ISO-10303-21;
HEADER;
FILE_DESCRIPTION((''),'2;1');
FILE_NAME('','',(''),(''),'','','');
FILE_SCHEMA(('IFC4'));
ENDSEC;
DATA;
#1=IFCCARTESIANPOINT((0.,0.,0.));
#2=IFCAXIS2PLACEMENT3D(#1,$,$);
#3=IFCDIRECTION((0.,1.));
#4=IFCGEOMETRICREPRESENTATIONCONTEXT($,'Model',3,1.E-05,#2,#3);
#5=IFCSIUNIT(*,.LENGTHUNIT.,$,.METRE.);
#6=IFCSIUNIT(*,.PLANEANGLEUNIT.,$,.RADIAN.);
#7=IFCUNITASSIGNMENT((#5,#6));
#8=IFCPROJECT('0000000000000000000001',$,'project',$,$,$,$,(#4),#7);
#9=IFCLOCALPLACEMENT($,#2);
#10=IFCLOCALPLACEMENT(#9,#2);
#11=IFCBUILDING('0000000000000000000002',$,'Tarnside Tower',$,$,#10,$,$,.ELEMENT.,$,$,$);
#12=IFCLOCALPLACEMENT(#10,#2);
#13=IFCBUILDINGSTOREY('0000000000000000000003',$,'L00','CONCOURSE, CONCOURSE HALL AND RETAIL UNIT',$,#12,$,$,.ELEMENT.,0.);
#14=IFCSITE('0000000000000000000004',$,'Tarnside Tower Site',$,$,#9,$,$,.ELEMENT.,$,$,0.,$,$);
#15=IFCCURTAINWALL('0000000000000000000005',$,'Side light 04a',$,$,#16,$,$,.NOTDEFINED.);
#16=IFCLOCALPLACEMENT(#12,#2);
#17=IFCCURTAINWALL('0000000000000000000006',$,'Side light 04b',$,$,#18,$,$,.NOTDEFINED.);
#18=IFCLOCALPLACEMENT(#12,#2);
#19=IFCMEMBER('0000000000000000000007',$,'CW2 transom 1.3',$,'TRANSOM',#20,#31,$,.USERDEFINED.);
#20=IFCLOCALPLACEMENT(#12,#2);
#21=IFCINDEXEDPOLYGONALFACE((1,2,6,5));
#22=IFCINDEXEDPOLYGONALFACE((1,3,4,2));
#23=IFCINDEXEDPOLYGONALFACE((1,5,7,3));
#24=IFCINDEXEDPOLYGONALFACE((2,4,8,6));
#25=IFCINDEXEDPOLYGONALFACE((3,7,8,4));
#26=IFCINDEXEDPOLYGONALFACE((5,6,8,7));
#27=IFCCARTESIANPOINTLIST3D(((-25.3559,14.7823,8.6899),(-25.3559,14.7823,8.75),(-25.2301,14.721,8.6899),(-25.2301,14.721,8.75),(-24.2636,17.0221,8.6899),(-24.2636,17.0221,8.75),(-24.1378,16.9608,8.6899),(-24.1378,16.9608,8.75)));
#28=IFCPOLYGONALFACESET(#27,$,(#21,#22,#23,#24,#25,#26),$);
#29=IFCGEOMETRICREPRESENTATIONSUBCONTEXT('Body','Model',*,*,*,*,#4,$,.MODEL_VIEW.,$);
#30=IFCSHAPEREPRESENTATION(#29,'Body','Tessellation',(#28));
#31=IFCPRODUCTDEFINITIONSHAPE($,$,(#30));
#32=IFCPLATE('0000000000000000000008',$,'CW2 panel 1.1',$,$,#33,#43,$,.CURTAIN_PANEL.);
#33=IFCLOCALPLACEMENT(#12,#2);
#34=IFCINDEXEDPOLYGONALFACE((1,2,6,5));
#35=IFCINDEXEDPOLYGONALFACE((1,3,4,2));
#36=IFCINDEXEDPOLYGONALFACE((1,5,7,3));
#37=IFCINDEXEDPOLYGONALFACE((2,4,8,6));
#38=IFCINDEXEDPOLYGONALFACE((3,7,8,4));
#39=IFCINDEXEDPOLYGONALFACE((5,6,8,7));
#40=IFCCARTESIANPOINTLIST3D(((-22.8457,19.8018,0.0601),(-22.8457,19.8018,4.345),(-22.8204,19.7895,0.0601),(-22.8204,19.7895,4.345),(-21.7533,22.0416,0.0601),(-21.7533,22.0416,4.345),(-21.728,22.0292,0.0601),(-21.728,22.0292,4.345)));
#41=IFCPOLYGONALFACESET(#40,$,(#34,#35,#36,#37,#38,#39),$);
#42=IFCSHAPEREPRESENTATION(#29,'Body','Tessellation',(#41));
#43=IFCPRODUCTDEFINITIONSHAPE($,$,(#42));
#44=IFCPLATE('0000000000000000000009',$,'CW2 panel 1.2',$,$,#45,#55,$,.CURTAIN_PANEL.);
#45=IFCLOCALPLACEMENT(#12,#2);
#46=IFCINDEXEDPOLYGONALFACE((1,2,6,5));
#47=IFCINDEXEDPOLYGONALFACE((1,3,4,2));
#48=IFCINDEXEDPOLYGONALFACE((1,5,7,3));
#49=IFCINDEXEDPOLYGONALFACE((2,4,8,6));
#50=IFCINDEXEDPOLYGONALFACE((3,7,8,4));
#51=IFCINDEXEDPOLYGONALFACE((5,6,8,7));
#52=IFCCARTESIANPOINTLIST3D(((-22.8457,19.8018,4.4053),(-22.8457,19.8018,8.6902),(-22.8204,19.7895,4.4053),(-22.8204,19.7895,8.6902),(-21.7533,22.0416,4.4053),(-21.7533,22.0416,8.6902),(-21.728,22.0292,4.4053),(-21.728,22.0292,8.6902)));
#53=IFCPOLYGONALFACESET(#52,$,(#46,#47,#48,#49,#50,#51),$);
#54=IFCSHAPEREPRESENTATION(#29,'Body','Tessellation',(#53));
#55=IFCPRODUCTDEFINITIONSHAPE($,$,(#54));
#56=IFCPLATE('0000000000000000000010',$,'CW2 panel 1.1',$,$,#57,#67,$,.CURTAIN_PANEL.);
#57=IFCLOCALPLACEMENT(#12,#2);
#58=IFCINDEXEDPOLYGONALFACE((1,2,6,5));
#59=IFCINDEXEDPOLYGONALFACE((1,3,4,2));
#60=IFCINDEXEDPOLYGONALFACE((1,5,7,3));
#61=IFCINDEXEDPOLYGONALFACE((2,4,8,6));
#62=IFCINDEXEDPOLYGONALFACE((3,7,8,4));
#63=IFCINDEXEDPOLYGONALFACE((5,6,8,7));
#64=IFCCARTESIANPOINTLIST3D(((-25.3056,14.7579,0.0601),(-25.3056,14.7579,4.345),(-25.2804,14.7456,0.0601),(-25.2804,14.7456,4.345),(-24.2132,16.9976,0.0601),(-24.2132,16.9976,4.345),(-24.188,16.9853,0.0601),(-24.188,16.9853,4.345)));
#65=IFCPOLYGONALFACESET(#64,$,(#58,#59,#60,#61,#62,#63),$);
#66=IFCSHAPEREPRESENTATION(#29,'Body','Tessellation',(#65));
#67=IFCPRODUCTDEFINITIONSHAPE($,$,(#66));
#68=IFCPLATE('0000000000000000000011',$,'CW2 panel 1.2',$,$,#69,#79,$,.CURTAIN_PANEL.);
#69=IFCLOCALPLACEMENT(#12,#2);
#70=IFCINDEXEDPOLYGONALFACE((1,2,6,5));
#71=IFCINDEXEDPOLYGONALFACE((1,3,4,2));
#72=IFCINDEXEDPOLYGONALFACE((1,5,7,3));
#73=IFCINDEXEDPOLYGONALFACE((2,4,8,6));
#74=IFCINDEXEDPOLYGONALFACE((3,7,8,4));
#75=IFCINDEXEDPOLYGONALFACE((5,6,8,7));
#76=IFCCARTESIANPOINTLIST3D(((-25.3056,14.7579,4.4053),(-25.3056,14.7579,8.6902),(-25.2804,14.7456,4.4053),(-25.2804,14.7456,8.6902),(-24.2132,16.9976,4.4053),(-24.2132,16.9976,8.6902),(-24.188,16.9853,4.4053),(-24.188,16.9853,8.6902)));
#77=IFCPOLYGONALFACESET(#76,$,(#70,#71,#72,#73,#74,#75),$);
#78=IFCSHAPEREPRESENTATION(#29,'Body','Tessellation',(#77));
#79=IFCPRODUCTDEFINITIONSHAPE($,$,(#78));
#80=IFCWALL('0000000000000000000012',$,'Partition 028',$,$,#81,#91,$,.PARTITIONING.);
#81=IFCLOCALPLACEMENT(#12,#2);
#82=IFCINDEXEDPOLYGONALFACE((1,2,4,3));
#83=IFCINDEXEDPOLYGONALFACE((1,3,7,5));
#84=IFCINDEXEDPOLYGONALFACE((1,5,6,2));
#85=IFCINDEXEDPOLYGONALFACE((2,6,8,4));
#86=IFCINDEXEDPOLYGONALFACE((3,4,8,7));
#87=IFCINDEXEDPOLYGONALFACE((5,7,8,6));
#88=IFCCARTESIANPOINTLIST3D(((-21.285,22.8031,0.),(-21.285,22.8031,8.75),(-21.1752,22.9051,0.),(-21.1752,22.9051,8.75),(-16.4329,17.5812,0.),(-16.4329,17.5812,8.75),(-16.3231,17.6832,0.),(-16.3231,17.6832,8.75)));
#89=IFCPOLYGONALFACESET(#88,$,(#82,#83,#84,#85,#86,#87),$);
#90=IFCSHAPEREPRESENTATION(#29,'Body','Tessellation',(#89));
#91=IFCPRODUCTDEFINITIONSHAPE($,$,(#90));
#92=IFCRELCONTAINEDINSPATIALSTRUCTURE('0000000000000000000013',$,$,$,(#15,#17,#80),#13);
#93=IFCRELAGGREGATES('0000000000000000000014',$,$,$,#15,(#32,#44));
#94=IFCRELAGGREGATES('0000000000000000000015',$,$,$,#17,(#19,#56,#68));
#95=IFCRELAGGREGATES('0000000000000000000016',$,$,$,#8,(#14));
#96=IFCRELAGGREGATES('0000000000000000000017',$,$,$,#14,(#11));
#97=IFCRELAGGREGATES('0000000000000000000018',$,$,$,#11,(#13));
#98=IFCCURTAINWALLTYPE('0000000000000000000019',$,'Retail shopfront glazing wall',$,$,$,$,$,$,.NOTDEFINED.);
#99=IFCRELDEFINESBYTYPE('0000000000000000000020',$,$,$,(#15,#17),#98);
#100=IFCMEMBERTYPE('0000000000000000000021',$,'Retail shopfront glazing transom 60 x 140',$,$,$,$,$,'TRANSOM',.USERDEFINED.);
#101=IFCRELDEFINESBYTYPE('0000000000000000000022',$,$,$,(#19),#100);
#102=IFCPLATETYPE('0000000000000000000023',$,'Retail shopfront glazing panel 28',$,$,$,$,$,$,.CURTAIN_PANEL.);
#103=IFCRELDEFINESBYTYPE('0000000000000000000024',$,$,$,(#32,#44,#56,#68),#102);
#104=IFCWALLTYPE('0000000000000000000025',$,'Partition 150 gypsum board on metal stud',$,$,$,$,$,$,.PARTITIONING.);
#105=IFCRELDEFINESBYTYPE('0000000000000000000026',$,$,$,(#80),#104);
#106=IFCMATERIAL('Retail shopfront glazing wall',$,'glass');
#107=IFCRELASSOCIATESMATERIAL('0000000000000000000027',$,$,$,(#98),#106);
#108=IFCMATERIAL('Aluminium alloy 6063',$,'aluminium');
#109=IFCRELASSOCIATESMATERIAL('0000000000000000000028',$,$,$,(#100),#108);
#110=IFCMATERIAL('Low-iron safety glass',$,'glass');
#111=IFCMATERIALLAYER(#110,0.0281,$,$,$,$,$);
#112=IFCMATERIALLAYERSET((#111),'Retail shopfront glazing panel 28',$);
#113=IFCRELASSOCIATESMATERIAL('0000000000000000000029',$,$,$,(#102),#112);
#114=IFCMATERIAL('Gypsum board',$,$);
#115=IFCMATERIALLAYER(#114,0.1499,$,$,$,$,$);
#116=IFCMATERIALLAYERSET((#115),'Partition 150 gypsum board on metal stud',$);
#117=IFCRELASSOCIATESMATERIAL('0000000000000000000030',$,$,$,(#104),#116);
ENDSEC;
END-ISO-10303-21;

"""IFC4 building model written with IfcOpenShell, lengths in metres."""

from ifc_helpers import new_model, si_unit, direction, frame, frame_2d, origin, origin_2d, place, context, subcontext, project, spatial, rectangle, extrude, material, layer, layer_set, material_profile, profile_set, type_object, element, aggregate, save


model = new_model("IFC4")

# Units and contexts
model_context = context("Model", 3, precision=1e-05, world=origin(), true_north=direction((0.0, 1.0)))
body_context = subcontext(model_context, "Body", "Model", "MODEL_VIEW")
ifc_project = project(units=[si_unit("LENGTHUNIT", "METRE"), si_unit("PLANEANGLEUNIT", "RADIAN")], contexts=[model_context])

# Site, building, storey
site_placement = place(None, origin())
site = spatial("IfcSite", under=ifc_project, at=site_placement, Name="Tarnside Tower Site", CompositionType="ELEMENT", RefElevation=0.0)
building_placement = place(site_placement, origin())
building = spatial("IfcBuilding", under=site, at=building_placement, Name="Tarnside Tower", CompositionType="ELEMENT")
storey_placement = place(building_placement, origin())
storey = spatial("IfcBuildingStorey", under=building, at=storey_placement, Name="L00", Description="CONCOURSE, CONCOURSE HALL AND RETAIL UNIT", CompositionType="ELEMENT", Elevation=0.0)

# Curtain walls, member
ifc_material_1 = material(Name="Retail shopfront glazing wall", Category="glass")
curtain_wall_type = type_object("IfcCurtainWallType", Name="Retail shopfront glazing wall", PredefinedType="NOTDEFINED", material=ifc_material_1)
curtain_wall_1_placement = place(storey_placement, origin())
curtain_wall_1 = element("IfcCurtainWall", 1, at=curtain_wall_1_placement, inside=storey, type_object=curtain_wall_type, Name="Side light 04a", PredefinedType="NOTDEFINED")
ifc_material_2 = material(Name="Aluminium alloy 6063", Category="aluminium")
ifc_material_profile_1 = material_profile(ifc_material_2, rectangle(XDim=0.1399, YDim=0.0601, at=origin_2d()), Name="Retail shopfront glazing transom 60 x 140")
ifc_profile_set_1 = profile_set([ifc_material_profile_1], Name="Aluminium alloy 6063")
member_type_1 = type_object("IfcMemberType", Name="Retail shopfront glazing transom 60 x 140", ElementType="TRANSOM", PredefinedType="USERDEFINED", material=ifc_profile_set_1)
curtain_wall_2_placement = place(storey_placement, origin())
curtain_wall_2 = element("IfcCurtainWall", 2, at=curtain_wall_2_placement, inside=storey, type_object=curtain_wall_type, Name="Side light 04b", PredefinedType="NOTDEFINED")
member_1_placement = place(storey_placement, frame((-24.2007, 16.9915, 8.72), z_axis=(-0.438335, -0.898812, 0.0), x_axis=(0.898812, -0.438335, 0.0)))
member_1 = element("IfcMember", 3, at=member_1_placement, type_object=member_type_1, Name="CW2 transom 1.3", ObjectType="TRANSOM", PredefinedType="USERDEFINED", context=body_context, shape_type="SweptSolid", body=[
    extrude(rectangle(XDim=0.1399, YDim=0.0601, at=origin_2d()), origin(), (0.0, 0.0, 1.0), 2.4919),
])

# Plates
ifc_material_3 = material(Name="Low-iron safety glass", Category="glass")
ifc_layer_1 = layer(ifc_material_3, 0.0281)
ifc_layer_set_1 = layer_set([ifc_layer_1], Name="Retail shopfront glazing panel 28")
plate_type = type_object("IfcPlateType", Name="Retail shopfront glazing panel 28", PredefinedType="CURTAIN_PANEL", material=ifc_layer_set_1)
plate_1_placement = place(storey_placement, frame((-22.2869, 20.9155, 0.0601), z_axis=(0.0, 0.0, 1.0), x_axis=(-0.438371, -0.898794, 0.0)))
plate_1 = element("IfcPlate", 4, at=plate_1_placement, type_object=plate_type, Name="CW2 panel 1.1", PredefinedType="CURTAIN_PANEL", context=body_context, shape_type="SweptSolid", body=[
    extrude(rectangle(XDim=2.4919, YDim=0.0281, at=origin_2d()), origin(), (0.0, 0.0, 1.0), 4.2849),
])
plate_2_placement = place(storey_placement, frame((-22.2869, 20.9155, 4.4053), z_axis=(0.0, 0.0, 1.0), x_axis=(-0.438371, -0.898794, 0.0)))
plate_2 = element("IfcPlate", 5, at=plate_2_placement, type_object=plate_type, Name="CW2 panel 1.2", PredefinedType="CURTAIN_PANEL", context=body_context, shape_type="SweptSolid", body=[
    extrude(rectangle(XDim=2.4919, YDim=0.0281, at=origin_2d()), origin(), (0.0, 0.0, 1.0), 4.2849),
])
aggregate(curtain_wall_1, [plate_1, plate_2])
plate_3_placement = place(storey_placement, frame((-24.7468, 15.8716, 0.0601), z_axis=(0.0, 0.0, 1.0), x_axis=(-0.438371, -0.898794, 0.0)))
plate_3 = element("IfcPlate", 6, at=plate_3_placement, type_object=plate_type, Name="CW2 panel 1.1", PredefinedType="CURTAIN_PANEL", context=body_context, shape_type="SweptSolid", body=[
    extrude(rectangle(XDim=2.4919, YDim=0.0281, at=origin_2d()), origin(), (0.0, 0.0, 1.0), 4.2849),
])
plate_4_placement = place(storey_placement, frame((-24.7468, 15.8716, 4.4053), z_axis=(0.0, 0.0, 1.0), x_axis=(-0.438371, -0.898794, 0.0)))
plate_4 = element("IfcPlate", 7, at=plate_4_placement, type_object=plate_type, Name="CW2 panel 1.2", PredefinedType="CURTAIN_PANEL", context=body_context, shape_type="SweptSolid", body=[
    extrude(rectangle(XDim=2.4919, YDim=0.0281, at=origin_2d()), origin(), (0.0, 0.0, 1.0), 4.2849),
])
aggregate(curtain_wall_2, [member_1, plate_3, plate_4])

# Wall
ifc_material_4 = material(Name="Gypsum board")
ifc_layer_2 = layer(ifc_material_4, 0.1499)
ifc_layer_set_2 = layer_set([ifc_layer_2], Name="Partition 150 gypsum board on metal stud")
wall_type_1 = type_object("IfcWallType", Name="Partition 150 gypsum board on metal stud", PredefinedType="PARTITIONING", material=ifc_layer_set_2)
wall_1_placement = place(storey_placement, frame((-21.23, 22.854, 0.0), z_axis=(0.0, 0.0, 1.0), x_axis=(0.680686, -0.732575, 0.0)))
element("IfcWall", 8, at=wall_1_placement, inside=storey, type_object=wall_type_1, Name="Partition 028", PredefinedType="PARTITIONING", context=body_context, shape_type="SweptSolid", body=[
    extrude(rectangle(XDim=7.1282, YDim=0.1499, at=frame_2d((3.564, 0.0))), origin(), (0.0, 0.0, 1.0), 8.75),
])

save(model, "model.ifc")
